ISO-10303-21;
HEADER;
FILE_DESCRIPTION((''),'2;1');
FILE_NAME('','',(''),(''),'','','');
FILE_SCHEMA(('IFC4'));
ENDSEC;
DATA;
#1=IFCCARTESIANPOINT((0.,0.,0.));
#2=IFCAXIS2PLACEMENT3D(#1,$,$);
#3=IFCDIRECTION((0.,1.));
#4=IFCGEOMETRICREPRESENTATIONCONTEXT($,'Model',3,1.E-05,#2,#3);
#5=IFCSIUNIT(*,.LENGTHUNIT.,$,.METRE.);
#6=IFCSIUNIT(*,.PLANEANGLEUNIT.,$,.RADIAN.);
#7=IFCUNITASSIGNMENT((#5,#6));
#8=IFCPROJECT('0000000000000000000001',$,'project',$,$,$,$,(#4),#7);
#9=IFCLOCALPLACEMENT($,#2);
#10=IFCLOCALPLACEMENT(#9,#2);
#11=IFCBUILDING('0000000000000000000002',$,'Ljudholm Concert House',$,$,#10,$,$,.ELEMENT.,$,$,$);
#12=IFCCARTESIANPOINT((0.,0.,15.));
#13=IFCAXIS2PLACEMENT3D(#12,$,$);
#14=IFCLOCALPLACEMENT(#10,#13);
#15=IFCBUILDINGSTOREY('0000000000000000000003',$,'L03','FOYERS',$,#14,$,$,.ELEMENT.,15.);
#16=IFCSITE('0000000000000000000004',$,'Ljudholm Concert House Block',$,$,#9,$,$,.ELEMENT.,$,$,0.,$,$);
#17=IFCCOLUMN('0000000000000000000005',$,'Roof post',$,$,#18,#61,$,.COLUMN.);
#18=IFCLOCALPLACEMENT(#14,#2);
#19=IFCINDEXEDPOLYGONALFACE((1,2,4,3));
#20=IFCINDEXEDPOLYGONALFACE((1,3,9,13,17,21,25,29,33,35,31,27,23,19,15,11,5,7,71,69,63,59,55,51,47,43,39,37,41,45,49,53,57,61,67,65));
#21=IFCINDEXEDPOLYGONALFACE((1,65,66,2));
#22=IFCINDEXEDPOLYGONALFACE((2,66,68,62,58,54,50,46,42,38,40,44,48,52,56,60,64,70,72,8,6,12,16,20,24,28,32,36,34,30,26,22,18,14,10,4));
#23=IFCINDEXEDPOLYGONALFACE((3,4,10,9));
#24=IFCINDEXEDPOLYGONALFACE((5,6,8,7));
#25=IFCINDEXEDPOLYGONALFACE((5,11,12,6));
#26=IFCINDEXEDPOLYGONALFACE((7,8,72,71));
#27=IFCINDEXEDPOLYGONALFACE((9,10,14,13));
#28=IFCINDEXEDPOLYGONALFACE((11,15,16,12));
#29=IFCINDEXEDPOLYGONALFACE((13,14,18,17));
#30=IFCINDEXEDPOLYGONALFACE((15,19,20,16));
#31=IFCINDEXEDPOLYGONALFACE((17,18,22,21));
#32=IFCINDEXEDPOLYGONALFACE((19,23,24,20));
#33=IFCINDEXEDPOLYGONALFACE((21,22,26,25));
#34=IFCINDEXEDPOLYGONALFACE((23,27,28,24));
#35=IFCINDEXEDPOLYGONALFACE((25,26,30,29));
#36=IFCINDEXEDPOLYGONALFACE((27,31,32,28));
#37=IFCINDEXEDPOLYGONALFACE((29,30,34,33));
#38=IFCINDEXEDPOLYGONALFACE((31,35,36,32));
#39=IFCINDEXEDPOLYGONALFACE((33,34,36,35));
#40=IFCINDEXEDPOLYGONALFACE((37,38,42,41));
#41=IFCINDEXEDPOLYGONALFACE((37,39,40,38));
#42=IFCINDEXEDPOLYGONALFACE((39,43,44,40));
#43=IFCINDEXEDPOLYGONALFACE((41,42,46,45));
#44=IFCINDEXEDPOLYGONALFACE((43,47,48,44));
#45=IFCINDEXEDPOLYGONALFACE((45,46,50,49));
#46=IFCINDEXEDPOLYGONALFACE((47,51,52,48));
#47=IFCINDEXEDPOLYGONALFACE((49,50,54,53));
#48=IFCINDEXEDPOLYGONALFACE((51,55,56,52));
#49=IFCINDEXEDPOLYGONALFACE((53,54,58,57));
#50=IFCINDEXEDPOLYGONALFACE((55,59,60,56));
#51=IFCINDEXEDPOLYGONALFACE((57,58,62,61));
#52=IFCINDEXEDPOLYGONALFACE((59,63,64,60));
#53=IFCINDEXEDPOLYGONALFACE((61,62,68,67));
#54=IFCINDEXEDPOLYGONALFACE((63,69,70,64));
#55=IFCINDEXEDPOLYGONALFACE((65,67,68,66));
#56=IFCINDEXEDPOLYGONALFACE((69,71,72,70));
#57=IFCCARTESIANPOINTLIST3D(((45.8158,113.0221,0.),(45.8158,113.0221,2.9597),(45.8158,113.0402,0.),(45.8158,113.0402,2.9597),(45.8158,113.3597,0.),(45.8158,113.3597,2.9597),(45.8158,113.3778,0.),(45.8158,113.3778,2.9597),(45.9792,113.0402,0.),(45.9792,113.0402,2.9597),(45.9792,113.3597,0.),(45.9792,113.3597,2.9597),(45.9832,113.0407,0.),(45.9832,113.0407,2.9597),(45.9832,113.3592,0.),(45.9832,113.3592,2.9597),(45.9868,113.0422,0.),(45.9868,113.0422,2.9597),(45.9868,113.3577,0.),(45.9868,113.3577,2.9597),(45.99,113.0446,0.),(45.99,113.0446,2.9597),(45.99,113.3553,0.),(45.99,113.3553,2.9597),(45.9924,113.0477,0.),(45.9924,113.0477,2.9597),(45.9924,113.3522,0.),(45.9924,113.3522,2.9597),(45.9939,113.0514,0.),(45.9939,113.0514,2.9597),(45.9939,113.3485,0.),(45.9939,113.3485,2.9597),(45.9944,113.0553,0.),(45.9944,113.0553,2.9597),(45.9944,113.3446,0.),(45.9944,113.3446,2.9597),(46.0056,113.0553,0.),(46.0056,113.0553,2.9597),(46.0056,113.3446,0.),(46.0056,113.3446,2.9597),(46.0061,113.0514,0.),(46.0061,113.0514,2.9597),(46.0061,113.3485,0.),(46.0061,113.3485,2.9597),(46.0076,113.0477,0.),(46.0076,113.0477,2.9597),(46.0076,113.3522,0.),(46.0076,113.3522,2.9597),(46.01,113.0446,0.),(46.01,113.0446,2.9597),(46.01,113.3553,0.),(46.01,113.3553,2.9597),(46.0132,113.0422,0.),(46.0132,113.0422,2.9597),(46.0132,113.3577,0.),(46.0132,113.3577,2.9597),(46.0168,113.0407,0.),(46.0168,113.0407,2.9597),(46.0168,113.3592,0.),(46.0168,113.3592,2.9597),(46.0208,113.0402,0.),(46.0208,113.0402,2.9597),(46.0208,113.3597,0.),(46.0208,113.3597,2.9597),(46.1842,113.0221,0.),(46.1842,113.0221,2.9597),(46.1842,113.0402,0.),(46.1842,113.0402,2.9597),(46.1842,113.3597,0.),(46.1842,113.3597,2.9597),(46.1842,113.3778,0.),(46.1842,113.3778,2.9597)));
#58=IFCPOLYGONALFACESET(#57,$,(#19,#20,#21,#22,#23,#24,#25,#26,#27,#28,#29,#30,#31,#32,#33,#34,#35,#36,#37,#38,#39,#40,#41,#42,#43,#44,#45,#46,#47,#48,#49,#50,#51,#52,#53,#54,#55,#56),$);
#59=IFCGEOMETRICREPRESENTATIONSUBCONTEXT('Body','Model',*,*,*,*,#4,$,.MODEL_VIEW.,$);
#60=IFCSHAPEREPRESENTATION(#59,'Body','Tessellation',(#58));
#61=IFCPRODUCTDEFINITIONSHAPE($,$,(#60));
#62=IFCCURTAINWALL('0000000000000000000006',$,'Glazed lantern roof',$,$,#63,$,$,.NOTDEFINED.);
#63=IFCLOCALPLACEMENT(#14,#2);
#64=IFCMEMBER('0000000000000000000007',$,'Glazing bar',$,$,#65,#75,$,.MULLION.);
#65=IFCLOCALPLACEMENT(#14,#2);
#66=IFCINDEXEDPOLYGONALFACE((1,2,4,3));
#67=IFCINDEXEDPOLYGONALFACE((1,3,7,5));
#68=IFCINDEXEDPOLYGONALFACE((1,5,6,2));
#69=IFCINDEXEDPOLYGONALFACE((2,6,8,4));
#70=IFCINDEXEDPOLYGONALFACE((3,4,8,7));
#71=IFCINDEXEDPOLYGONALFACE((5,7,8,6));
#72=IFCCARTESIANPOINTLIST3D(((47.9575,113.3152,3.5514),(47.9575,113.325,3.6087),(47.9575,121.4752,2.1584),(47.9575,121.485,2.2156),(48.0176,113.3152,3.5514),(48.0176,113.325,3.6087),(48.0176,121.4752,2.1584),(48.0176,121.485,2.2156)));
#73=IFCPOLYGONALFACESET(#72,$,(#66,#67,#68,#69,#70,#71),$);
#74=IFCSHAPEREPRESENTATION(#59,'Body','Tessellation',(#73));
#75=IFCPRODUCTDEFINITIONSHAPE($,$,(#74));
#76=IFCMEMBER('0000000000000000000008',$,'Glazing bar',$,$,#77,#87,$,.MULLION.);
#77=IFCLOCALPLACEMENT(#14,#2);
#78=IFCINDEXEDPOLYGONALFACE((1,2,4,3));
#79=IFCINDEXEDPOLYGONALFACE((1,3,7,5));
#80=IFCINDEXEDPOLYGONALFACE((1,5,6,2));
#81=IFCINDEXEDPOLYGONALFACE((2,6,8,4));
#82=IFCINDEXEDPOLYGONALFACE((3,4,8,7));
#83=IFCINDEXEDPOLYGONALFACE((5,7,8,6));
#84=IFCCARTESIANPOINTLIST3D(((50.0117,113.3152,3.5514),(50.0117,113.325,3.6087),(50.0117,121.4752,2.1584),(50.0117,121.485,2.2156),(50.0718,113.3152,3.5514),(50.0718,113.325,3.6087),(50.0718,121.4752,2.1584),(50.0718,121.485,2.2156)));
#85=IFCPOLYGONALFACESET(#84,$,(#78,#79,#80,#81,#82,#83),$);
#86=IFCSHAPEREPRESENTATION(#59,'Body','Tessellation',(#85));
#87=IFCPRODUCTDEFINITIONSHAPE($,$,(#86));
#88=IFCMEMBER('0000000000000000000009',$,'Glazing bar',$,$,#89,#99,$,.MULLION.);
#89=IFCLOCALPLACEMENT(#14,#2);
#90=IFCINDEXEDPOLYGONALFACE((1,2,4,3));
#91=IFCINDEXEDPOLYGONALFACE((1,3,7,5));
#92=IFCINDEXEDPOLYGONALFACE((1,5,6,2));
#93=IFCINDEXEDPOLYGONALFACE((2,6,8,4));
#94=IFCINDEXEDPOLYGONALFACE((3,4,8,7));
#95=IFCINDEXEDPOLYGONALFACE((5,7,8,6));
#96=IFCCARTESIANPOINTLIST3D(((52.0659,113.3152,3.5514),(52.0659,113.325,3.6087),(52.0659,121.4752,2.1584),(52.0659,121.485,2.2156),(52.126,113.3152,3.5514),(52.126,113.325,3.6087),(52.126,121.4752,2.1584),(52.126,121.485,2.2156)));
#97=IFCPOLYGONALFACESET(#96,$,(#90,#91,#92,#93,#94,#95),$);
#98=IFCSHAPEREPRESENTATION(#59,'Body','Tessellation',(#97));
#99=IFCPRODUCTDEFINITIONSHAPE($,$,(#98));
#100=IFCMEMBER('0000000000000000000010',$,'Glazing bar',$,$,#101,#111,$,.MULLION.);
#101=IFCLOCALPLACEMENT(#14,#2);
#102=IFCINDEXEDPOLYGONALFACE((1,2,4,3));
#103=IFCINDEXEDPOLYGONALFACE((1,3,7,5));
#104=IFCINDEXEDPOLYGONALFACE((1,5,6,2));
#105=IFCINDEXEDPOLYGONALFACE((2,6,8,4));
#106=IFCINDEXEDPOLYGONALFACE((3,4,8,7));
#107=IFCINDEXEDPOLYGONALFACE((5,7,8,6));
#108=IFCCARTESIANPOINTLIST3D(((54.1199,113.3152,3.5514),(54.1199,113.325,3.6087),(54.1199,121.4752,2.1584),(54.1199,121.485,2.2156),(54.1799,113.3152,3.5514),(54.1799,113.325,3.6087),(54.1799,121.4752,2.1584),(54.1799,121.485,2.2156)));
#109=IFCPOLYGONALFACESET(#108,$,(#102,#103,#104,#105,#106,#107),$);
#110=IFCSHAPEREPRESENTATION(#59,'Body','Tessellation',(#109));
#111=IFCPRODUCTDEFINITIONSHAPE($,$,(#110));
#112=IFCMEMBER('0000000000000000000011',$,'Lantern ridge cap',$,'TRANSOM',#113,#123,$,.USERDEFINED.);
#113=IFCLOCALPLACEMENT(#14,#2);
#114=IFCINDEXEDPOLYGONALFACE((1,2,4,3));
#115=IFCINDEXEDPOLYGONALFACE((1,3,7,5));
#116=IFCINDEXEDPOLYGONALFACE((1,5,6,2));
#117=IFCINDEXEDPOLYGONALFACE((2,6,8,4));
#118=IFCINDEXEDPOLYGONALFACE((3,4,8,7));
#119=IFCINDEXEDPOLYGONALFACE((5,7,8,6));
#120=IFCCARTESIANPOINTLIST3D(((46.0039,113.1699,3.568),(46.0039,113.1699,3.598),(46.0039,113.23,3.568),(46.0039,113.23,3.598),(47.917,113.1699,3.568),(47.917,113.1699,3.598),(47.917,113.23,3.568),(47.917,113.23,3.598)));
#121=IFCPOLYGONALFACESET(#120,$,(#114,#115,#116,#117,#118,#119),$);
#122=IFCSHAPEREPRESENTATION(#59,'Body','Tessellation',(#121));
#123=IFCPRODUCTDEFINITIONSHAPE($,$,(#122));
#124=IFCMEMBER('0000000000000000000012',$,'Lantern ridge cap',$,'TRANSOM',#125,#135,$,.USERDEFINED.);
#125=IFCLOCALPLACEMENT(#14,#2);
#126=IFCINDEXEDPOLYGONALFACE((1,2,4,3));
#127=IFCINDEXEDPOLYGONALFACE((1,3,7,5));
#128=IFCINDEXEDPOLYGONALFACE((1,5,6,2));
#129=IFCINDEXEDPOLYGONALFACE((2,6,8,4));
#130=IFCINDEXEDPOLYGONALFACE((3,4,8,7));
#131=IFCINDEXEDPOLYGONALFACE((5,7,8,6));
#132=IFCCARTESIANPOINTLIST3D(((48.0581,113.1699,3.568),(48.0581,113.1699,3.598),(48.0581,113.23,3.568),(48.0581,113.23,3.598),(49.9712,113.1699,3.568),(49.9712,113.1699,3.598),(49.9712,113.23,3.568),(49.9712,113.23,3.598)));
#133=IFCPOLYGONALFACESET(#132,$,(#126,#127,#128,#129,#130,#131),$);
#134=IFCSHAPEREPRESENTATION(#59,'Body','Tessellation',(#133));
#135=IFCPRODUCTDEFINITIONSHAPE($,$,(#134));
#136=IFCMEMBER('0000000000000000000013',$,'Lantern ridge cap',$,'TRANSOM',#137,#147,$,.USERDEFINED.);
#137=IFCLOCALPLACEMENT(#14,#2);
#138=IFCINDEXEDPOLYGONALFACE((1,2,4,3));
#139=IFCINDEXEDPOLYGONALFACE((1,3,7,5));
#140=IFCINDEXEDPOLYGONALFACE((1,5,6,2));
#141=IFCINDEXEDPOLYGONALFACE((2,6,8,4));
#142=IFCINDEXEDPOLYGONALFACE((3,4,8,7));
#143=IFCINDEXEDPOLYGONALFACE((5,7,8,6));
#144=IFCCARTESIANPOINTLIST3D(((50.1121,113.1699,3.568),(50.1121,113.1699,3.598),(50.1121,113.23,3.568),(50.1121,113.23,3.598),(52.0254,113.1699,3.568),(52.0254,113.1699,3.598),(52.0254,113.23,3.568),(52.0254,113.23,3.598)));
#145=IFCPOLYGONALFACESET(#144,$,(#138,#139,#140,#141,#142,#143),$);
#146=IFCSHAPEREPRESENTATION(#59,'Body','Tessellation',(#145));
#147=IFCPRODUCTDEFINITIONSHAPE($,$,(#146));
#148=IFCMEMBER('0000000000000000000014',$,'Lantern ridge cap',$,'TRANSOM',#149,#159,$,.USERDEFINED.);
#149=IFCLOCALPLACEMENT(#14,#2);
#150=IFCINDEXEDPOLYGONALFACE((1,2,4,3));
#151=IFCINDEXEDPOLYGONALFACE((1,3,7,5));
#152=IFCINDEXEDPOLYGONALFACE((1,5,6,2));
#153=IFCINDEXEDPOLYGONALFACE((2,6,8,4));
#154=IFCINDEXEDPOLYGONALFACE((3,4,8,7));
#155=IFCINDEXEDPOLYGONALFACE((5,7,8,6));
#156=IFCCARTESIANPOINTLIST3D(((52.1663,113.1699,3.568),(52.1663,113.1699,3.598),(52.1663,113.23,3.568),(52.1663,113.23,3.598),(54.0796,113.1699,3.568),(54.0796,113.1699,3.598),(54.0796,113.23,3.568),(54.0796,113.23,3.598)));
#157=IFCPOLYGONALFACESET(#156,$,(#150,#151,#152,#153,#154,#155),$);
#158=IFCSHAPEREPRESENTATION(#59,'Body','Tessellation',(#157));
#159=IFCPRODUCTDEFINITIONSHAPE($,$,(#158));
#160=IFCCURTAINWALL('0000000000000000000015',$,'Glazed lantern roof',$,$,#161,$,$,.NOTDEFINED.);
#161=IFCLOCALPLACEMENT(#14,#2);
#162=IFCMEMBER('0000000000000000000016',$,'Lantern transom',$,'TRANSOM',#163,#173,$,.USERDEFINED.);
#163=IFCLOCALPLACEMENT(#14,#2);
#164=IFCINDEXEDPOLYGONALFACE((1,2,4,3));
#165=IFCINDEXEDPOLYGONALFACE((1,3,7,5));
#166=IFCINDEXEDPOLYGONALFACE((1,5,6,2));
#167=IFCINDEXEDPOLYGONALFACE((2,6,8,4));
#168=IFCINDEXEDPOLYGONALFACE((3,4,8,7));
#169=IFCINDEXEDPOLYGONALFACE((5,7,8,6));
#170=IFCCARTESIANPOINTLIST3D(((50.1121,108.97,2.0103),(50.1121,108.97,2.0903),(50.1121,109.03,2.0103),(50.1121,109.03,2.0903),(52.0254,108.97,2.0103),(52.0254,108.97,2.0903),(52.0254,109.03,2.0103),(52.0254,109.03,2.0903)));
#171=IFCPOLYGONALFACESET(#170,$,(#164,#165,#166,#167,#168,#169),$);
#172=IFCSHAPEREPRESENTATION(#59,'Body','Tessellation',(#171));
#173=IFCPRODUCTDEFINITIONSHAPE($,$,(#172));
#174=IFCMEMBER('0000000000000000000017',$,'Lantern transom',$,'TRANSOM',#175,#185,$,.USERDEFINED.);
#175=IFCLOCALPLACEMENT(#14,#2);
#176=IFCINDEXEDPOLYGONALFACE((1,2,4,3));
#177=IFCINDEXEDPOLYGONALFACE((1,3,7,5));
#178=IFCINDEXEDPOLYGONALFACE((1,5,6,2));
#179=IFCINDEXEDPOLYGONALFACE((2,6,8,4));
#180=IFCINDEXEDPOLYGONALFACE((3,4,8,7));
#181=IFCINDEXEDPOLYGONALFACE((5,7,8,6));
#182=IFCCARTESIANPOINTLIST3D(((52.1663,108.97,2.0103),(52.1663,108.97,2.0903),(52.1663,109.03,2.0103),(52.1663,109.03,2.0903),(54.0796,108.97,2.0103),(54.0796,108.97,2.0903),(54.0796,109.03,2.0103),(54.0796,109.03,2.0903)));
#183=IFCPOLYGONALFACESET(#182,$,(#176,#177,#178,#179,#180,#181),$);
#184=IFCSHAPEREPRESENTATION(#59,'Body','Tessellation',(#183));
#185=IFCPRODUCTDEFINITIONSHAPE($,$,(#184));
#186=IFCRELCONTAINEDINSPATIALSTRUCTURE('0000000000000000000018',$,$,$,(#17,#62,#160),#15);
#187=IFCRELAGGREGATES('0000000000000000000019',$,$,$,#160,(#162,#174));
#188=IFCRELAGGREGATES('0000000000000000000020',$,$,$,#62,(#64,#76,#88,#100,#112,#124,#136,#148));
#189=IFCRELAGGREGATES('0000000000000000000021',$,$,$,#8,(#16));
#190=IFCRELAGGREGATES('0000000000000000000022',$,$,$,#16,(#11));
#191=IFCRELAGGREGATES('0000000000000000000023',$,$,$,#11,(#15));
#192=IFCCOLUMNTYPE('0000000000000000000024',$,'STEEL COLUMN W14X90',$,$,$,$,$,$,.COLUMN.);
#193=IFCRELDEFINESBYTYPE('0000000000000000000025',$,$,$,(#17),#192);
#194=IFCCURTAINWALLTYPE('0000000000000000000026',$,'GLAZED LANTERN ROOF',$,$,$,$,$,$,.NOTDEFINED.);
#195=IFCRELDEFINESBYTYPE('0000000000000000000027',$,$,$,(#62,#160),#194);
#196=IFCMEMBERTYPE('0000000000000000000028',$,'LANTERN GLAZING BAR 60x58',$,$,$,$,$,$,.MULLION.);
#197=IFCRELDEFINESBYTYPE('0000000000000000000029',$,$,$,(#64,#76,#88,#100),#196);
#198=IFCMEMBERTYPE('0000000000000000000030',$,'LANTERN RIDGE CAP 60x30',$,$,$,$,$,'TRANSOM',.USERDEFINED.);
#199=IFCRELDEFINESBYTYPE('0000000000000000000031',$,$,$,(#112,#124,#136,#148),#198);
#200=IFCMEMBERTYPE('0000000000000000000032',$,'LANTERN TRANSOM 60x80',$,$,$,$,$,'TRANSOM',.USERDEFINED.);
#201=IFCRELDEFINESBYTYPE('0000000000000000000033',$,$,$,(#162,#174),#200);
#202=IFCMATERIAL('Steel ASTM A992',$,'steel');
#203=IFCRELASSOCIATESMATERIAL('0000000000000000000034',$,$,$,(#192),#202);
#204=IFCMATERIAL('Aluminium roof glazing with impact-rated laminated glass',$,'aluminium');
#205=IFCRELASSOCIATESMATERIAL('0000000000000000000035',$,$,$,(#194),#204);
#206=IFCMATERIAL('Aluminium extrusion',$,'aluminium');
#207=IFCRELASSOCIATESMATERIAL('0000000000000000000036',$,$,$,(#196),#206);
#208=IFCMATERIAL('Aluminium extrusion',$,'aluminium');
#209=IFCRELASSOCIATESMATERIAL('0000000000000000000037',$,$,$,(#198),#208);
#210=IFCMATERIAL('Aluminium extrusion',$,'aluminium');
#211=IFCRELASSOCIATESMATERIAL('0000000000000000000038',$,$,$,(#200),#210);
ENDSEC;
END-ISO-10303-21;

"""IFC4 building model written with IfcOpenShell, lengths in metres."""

from ifc_helpers import new_model, si_unit, direction, frame, origin, origin_2d, place, context, subcontext, project, spatial, rectangle, i_section, extrude, material, material_profile, profile_set, type_object, element, aggregate, save


model = new_model("IFC4")

# Units and contexts
model_context = context("Model", 3, precision=1e-05, world=origin(), true_north=direction((0.0, 1.0)))
body_context = subcontext(model_context, "Body", "Model", "MODEL_VIEW")
ifc_project = project(units=[si_unit("LENGTHUNIT", "METRE"), si_unit("PLANEANGLEUNIT", "RADIAN")], contexts=[model_context])

# Site, building, storey
site_placement = place(None, origin())
site = spatial("IfcSite", under=ifc_project, at=site_placement, Name="Ljudholm Concert House Block", CompositionType="ELEMENT", RefElevation=0.0)
building_placement = place(site_placement, origin())
building = spatial("IfcBuilding", under=site, at=building_placement, Name="Ljudholm Concert House", CompositionType="ELEMENT")
storey_placement = place(building_placement, frame((0.0, 0.0, 15.0)))
storey = spatial("IfcBuildingStorey", under=building, at=storey_placement, Name="L03", Description="FOYERS", CompositionType="ELEMENT", Elevation=15.0)

# Column
ifc_material_1 = material(Name="Steel ASTM A992", Category="steel")
ifc_material_profile_1 = material_profile(ifc_material_1, i_section(OverallWidth=0.3684, OverallDepth=0.3557, WebThickness=0.0112, FlangeThickness=0.0181, FilletRadius=0.0151, at=origin_2d()), Name="W14X90")
ifc_profile_set_1 = profile_set([ifc_material_profile_1], Name="Steel ASTM A992")
column_type = type_object("IfcColumnType", Name="STEEL COLUMN W14X90", PredefinedType="COLUMN", material=ifc_profile_set_1)
column_placement = place(storey_placement, frame((46.0, 113.2, 0.0), z_axis=(0.0, 0.0, 1.0), x_axis=(1.0, 0.0, 0.0)))
element("IfcColumn", 1, at=column_placement, inside=storey, type_object=column_type, Name="Roof post", PredefinedType="COLUMN", context=body_context, shape_type="SweptSolid", body=[
    extrude(i_section(OverallWidth=0.3684, OverallDepth=0.3557, WebThickness=0.0112, FlangeThickness=0.0181, FilletRadius=0.0151, at=origin_2d()), origin(), (0.0, 0.0, 1.0), 2.9597),
])

# Curtain walls, members
ifc_material_2 = material(Name="Aluminium roof glazing with impact-rated laminated glass", Category="aluminium")
curtain_wall_type = type_object("IfcCurtainWallType", Name="GLAZED LANTERN ROOF", PredefinedType="NOTDEFINED", material=ifc_material_2)
curtain_wall_1_placement = place(storey_placement, origin())
curtain_wall_1 = element("IfcCurtainWall", 2, at=curtain_wall_1_placement, inside=storey, type_object=curtain_wall_type, Name="Glazed lantern roof", PredefinedType="NOTDEFINED")
ifc_material_3 = material(Name="Aluminium extrusion", Category="aluminium")
ifc_material_profile_2 = material_profile(ifc_material_3, rectangle(XDim=0.0601, YDim=0.0581, at=origin_2d()), Name="LANTERN GLAZING BAR 60x58")
ifc_profile_set_2 = profile_set([ifc_material_profile_2], Name="Aluminium extrusion")
member_type_1 = type_object("IfcMemberType", Name="LANTERN GLAZING BAR 60x58", PredefinedType="MULLION", material=ifc_profile_set_2)
member_1_placement = place(storey_placement, frame((47.9875, 113.3201, 3.5801), z_axis=(0.0, 0.985738, -0.168286), x_axis=(-1.0, 0.0, 0.0)))
member_1 = element("IfcMember", 3, at=member_1_placement, type_object=member_type_1, Name="Glazing bar", PredefinedType="MULLION", context=body_context, shape_type="SweptSolid", body=[
    extrude(rectangle(XDim=0.0601, YDim=0.0581, at=origin_2d()), origin(), (0.0, 0.0, 1.0), 8.2781),
])
member_2_placement = place(storey_placement, frame((50.0417, 113.3201, 3.5801), z_axis=(0.0, 0.985738, -0.168286), x_axis=(-1.0, 0.0, 0.0)))
member_2 = element("IfcMember", 4, at=member_2_placement, type_object=member_type_1, Name="Glazing bar", PredefinedType="MULLION", context=body_context, shape_type="SweptSolid", body=[
    extrude(rectangle(XDim=0.0601, YDim=0.0581, at=origin_2d()), origin(), (0.0, 0.0, 1.0), 8.2781),
])
member_3_placement = place(storey_placement, frame((52.0959, 113.3201, 3.5801), z_axis=(0.0, 0.985738, -0.168286), x_axis=(-1.0, 0.0, 0.0)))
member_3 = element("IfcMember", 5, at=member_3_placement, type_object=member_type_1, Name="Glazing bar", PredefinedType="MULLION", context=body_context, shape_type="SweptSolid", body=[
    extrude(rectangle(XDim=0.0601, YDim=0.0581, at=origin_2d()), origin(), (0.0, 0.0, 1.0), 8.2781),
])
member_4_placement = place(storey_placement, frame((54.1499, 113.3201, 3.5801), z_axis=(0.0, 0.985738, -0.168286), x_axis=(-1.0, 0.0, 0.0)))
member_4 = element("IfcMember", 6, at=member_4_placement, type_object=member_type_1, Name="Glazing bar", PredefinedType="MULLION", context=body_context, shape_type="SweptSolid", body=[
    extrude(rectangle(XDim=0.0601, YDim=0.0581, at=origin_2d()), origin(), (0.0, 0.0, 1.0), 8.2781),
])
ifc_material_4 = material(Name="Aluminium extrusion", Category="aluminium")
ifc_material_profile_3 = material_profile(ifc_material_4, rectangle(XDim=0.0601, YDim=0.03, at=origin_2d()), Name="LANTERN RIDGE CAP 60x30")
ifc_profile_set_3 = profile_set([ifc_material_profile_3], Name="Aluminium extrusion")
member_type_2 = type_object("IfcMemberType", Name="LANTERN RIDGE CAP 60x30", ElementType="TRANSOM", PredefinedType="USERDEFINED", material=ifc_profile_set_3)
member_5_placement = place(storey_placement, frame((46.0039, 113.2, 3.583), z_axis=(1.0, 0.0, 0.0), x_axis=(0.0, 1.0, 0.0)))
member_5 = element("IfcMember", 7, at=member_5_placement, type_object=member_type_2, Name="Lantern ridge cap", ObjectType="TRANSOM", PredefinedType="USERDEFINED", context=body_context, shape_type="SweptSolid", body=[
    extrude(rectangle(XDim=0.0601, YDim=0.03, at=origin_2d()), origin(), (0.0, 0.0, 1.0), 1.9131),
])
member_6_placement = place(storey_placement, frame((48.0581, 113.2, 3.583), z_axis=(1.0, 0.0, 0.0), x_axis=(0.0, 1.0, 0.0)))
member_6 = element("IfcMember", 8, at=member_6_placement, type_object=member_type_2, Name="Lantern ridge cap", ObjectType="TRANSOM", PredefinedType="USERDEFINED", context=body_context, shape_type="SweptSolid", body=[
    extrude(rectangle(XDim=0.0601, YDim=0.03, at=origin_2d()), origin(), (0.0, 0.0, 1.0), 1.9131),
])
member_7_placement = place(storey_placement, frame((50.1121, 113.2, 3.583), z_axis=(1.0, 0.0, 0.0), x_axis=(0.0, 1.0, 0.0)))
member_7 = element("IfcMember", 9, at=member_7_placement, type_object=member_type_2, Name="Lantern ridge cap", ObjectType="TRANSOM", PredefinedType="USERDEFINED", context=body_context, shape_type="SweptSolid", body=[
    extrude(rectangle(XDim=0.0601, YDim=0.03, at=origin_2d()), origin(), (0.0, 0.0, 1.0), 1.9133),
])
member_8_placement = place(storey_placement, frame((52.1663, 113.2, 3.583), z_axis=(1.0, 0.0, 0.0), x_axis=(0.0, 1.0, 0.0)))
member_8 = element("IfcMember", 10, at=member_8_placement, type_object=member_type_2, Name="Lantern ridge cap", ObjectType="TRANSOM", PredefinedType="USERDEFINED", context=body_context, shape_type="SweptSolid", body=[
    extrude(rectangle(XDim=0.0601, YDim=0.03, at=origin_2d()), origin(), (0.0, 0.0, 1.0), 1.9133),
])
curtain_wall_2_placement = place(storey_placement, origin())
curtain_wall_2 = element("IfcCurtainWall", 11, at=curtain_wall_2_placement, inside=storey, type_object=curtain_wall_type, Name="Glazed lantern roof", PredefinedType="NOTDEFINED")
ifc_material_5 = material(Name="Aluminium extrusion", Category="aluminium")
ifc_material_profile_4 = material_profile(ifc_material_5, rectangle(XDim=0.0601, YDim=0.0801, at=origin_2d()), Name="LANTERN TRANSOM 60x80")
ifc_profile_set_4 = profile_set([ifc_material_profile_4], Name="Aluminium extrusion")
member_type_3 = type_object("IfcMemberType", Name="LANTERN TRANSOM 60x80", ElementType="TRANSOM", PredefinedType="USERDEFINED", material=ifc_profile_set_4)
member_9_placement = place(storey_placement, frame((50.1121, 109.0, 2.0503), z_axis=(1.0, 0.0, 0.0), x_axis=(0.0, 1.0, 0.0)))
member_9 = element("IfcMember", 12, at=member_9_placement, type_object=member_type_3, Name="Lantern transom", ObjectType="TRANSOM", PredefinedType="USERDEFINED", context=body_context, shape_type="SweptSolid", body=[
    extrude(rectangle(XDim=0.0601, YDim=0.0801, at=origin_2d()), origin(), (0.0, 0.0, 1.0), 1.9133),
])
member_10_placement = place(storey_placement, frame((52.1663, 109.0, 2.0503), z_axis=(1.0, 0.0, 0.0), x_axis=(0.0, 1.0, 0.0)))
member_10 = element("IfcMember", 13, at=member_10_placement, type_object=member_type_3, Name="Lantern transom", ObjectType="TRANSOM", PredefinedType="USERDEFINED", context=body_context, shape_type="SweptSolid", body=[
    extrude(rectangle(XDim=0.0601, YDim=0.0801, at=origin_2d()), origin(), (0.0, 0.0, 1.0), 1.9133),
])

aggregate(curtain_wall_2, [member_9, member_10])
aggregate(curtain_wall_1, [member_1, member_2, member_3, member_4, member_5, member_6, member_7, member_8])

save(model, "model.ifc")
